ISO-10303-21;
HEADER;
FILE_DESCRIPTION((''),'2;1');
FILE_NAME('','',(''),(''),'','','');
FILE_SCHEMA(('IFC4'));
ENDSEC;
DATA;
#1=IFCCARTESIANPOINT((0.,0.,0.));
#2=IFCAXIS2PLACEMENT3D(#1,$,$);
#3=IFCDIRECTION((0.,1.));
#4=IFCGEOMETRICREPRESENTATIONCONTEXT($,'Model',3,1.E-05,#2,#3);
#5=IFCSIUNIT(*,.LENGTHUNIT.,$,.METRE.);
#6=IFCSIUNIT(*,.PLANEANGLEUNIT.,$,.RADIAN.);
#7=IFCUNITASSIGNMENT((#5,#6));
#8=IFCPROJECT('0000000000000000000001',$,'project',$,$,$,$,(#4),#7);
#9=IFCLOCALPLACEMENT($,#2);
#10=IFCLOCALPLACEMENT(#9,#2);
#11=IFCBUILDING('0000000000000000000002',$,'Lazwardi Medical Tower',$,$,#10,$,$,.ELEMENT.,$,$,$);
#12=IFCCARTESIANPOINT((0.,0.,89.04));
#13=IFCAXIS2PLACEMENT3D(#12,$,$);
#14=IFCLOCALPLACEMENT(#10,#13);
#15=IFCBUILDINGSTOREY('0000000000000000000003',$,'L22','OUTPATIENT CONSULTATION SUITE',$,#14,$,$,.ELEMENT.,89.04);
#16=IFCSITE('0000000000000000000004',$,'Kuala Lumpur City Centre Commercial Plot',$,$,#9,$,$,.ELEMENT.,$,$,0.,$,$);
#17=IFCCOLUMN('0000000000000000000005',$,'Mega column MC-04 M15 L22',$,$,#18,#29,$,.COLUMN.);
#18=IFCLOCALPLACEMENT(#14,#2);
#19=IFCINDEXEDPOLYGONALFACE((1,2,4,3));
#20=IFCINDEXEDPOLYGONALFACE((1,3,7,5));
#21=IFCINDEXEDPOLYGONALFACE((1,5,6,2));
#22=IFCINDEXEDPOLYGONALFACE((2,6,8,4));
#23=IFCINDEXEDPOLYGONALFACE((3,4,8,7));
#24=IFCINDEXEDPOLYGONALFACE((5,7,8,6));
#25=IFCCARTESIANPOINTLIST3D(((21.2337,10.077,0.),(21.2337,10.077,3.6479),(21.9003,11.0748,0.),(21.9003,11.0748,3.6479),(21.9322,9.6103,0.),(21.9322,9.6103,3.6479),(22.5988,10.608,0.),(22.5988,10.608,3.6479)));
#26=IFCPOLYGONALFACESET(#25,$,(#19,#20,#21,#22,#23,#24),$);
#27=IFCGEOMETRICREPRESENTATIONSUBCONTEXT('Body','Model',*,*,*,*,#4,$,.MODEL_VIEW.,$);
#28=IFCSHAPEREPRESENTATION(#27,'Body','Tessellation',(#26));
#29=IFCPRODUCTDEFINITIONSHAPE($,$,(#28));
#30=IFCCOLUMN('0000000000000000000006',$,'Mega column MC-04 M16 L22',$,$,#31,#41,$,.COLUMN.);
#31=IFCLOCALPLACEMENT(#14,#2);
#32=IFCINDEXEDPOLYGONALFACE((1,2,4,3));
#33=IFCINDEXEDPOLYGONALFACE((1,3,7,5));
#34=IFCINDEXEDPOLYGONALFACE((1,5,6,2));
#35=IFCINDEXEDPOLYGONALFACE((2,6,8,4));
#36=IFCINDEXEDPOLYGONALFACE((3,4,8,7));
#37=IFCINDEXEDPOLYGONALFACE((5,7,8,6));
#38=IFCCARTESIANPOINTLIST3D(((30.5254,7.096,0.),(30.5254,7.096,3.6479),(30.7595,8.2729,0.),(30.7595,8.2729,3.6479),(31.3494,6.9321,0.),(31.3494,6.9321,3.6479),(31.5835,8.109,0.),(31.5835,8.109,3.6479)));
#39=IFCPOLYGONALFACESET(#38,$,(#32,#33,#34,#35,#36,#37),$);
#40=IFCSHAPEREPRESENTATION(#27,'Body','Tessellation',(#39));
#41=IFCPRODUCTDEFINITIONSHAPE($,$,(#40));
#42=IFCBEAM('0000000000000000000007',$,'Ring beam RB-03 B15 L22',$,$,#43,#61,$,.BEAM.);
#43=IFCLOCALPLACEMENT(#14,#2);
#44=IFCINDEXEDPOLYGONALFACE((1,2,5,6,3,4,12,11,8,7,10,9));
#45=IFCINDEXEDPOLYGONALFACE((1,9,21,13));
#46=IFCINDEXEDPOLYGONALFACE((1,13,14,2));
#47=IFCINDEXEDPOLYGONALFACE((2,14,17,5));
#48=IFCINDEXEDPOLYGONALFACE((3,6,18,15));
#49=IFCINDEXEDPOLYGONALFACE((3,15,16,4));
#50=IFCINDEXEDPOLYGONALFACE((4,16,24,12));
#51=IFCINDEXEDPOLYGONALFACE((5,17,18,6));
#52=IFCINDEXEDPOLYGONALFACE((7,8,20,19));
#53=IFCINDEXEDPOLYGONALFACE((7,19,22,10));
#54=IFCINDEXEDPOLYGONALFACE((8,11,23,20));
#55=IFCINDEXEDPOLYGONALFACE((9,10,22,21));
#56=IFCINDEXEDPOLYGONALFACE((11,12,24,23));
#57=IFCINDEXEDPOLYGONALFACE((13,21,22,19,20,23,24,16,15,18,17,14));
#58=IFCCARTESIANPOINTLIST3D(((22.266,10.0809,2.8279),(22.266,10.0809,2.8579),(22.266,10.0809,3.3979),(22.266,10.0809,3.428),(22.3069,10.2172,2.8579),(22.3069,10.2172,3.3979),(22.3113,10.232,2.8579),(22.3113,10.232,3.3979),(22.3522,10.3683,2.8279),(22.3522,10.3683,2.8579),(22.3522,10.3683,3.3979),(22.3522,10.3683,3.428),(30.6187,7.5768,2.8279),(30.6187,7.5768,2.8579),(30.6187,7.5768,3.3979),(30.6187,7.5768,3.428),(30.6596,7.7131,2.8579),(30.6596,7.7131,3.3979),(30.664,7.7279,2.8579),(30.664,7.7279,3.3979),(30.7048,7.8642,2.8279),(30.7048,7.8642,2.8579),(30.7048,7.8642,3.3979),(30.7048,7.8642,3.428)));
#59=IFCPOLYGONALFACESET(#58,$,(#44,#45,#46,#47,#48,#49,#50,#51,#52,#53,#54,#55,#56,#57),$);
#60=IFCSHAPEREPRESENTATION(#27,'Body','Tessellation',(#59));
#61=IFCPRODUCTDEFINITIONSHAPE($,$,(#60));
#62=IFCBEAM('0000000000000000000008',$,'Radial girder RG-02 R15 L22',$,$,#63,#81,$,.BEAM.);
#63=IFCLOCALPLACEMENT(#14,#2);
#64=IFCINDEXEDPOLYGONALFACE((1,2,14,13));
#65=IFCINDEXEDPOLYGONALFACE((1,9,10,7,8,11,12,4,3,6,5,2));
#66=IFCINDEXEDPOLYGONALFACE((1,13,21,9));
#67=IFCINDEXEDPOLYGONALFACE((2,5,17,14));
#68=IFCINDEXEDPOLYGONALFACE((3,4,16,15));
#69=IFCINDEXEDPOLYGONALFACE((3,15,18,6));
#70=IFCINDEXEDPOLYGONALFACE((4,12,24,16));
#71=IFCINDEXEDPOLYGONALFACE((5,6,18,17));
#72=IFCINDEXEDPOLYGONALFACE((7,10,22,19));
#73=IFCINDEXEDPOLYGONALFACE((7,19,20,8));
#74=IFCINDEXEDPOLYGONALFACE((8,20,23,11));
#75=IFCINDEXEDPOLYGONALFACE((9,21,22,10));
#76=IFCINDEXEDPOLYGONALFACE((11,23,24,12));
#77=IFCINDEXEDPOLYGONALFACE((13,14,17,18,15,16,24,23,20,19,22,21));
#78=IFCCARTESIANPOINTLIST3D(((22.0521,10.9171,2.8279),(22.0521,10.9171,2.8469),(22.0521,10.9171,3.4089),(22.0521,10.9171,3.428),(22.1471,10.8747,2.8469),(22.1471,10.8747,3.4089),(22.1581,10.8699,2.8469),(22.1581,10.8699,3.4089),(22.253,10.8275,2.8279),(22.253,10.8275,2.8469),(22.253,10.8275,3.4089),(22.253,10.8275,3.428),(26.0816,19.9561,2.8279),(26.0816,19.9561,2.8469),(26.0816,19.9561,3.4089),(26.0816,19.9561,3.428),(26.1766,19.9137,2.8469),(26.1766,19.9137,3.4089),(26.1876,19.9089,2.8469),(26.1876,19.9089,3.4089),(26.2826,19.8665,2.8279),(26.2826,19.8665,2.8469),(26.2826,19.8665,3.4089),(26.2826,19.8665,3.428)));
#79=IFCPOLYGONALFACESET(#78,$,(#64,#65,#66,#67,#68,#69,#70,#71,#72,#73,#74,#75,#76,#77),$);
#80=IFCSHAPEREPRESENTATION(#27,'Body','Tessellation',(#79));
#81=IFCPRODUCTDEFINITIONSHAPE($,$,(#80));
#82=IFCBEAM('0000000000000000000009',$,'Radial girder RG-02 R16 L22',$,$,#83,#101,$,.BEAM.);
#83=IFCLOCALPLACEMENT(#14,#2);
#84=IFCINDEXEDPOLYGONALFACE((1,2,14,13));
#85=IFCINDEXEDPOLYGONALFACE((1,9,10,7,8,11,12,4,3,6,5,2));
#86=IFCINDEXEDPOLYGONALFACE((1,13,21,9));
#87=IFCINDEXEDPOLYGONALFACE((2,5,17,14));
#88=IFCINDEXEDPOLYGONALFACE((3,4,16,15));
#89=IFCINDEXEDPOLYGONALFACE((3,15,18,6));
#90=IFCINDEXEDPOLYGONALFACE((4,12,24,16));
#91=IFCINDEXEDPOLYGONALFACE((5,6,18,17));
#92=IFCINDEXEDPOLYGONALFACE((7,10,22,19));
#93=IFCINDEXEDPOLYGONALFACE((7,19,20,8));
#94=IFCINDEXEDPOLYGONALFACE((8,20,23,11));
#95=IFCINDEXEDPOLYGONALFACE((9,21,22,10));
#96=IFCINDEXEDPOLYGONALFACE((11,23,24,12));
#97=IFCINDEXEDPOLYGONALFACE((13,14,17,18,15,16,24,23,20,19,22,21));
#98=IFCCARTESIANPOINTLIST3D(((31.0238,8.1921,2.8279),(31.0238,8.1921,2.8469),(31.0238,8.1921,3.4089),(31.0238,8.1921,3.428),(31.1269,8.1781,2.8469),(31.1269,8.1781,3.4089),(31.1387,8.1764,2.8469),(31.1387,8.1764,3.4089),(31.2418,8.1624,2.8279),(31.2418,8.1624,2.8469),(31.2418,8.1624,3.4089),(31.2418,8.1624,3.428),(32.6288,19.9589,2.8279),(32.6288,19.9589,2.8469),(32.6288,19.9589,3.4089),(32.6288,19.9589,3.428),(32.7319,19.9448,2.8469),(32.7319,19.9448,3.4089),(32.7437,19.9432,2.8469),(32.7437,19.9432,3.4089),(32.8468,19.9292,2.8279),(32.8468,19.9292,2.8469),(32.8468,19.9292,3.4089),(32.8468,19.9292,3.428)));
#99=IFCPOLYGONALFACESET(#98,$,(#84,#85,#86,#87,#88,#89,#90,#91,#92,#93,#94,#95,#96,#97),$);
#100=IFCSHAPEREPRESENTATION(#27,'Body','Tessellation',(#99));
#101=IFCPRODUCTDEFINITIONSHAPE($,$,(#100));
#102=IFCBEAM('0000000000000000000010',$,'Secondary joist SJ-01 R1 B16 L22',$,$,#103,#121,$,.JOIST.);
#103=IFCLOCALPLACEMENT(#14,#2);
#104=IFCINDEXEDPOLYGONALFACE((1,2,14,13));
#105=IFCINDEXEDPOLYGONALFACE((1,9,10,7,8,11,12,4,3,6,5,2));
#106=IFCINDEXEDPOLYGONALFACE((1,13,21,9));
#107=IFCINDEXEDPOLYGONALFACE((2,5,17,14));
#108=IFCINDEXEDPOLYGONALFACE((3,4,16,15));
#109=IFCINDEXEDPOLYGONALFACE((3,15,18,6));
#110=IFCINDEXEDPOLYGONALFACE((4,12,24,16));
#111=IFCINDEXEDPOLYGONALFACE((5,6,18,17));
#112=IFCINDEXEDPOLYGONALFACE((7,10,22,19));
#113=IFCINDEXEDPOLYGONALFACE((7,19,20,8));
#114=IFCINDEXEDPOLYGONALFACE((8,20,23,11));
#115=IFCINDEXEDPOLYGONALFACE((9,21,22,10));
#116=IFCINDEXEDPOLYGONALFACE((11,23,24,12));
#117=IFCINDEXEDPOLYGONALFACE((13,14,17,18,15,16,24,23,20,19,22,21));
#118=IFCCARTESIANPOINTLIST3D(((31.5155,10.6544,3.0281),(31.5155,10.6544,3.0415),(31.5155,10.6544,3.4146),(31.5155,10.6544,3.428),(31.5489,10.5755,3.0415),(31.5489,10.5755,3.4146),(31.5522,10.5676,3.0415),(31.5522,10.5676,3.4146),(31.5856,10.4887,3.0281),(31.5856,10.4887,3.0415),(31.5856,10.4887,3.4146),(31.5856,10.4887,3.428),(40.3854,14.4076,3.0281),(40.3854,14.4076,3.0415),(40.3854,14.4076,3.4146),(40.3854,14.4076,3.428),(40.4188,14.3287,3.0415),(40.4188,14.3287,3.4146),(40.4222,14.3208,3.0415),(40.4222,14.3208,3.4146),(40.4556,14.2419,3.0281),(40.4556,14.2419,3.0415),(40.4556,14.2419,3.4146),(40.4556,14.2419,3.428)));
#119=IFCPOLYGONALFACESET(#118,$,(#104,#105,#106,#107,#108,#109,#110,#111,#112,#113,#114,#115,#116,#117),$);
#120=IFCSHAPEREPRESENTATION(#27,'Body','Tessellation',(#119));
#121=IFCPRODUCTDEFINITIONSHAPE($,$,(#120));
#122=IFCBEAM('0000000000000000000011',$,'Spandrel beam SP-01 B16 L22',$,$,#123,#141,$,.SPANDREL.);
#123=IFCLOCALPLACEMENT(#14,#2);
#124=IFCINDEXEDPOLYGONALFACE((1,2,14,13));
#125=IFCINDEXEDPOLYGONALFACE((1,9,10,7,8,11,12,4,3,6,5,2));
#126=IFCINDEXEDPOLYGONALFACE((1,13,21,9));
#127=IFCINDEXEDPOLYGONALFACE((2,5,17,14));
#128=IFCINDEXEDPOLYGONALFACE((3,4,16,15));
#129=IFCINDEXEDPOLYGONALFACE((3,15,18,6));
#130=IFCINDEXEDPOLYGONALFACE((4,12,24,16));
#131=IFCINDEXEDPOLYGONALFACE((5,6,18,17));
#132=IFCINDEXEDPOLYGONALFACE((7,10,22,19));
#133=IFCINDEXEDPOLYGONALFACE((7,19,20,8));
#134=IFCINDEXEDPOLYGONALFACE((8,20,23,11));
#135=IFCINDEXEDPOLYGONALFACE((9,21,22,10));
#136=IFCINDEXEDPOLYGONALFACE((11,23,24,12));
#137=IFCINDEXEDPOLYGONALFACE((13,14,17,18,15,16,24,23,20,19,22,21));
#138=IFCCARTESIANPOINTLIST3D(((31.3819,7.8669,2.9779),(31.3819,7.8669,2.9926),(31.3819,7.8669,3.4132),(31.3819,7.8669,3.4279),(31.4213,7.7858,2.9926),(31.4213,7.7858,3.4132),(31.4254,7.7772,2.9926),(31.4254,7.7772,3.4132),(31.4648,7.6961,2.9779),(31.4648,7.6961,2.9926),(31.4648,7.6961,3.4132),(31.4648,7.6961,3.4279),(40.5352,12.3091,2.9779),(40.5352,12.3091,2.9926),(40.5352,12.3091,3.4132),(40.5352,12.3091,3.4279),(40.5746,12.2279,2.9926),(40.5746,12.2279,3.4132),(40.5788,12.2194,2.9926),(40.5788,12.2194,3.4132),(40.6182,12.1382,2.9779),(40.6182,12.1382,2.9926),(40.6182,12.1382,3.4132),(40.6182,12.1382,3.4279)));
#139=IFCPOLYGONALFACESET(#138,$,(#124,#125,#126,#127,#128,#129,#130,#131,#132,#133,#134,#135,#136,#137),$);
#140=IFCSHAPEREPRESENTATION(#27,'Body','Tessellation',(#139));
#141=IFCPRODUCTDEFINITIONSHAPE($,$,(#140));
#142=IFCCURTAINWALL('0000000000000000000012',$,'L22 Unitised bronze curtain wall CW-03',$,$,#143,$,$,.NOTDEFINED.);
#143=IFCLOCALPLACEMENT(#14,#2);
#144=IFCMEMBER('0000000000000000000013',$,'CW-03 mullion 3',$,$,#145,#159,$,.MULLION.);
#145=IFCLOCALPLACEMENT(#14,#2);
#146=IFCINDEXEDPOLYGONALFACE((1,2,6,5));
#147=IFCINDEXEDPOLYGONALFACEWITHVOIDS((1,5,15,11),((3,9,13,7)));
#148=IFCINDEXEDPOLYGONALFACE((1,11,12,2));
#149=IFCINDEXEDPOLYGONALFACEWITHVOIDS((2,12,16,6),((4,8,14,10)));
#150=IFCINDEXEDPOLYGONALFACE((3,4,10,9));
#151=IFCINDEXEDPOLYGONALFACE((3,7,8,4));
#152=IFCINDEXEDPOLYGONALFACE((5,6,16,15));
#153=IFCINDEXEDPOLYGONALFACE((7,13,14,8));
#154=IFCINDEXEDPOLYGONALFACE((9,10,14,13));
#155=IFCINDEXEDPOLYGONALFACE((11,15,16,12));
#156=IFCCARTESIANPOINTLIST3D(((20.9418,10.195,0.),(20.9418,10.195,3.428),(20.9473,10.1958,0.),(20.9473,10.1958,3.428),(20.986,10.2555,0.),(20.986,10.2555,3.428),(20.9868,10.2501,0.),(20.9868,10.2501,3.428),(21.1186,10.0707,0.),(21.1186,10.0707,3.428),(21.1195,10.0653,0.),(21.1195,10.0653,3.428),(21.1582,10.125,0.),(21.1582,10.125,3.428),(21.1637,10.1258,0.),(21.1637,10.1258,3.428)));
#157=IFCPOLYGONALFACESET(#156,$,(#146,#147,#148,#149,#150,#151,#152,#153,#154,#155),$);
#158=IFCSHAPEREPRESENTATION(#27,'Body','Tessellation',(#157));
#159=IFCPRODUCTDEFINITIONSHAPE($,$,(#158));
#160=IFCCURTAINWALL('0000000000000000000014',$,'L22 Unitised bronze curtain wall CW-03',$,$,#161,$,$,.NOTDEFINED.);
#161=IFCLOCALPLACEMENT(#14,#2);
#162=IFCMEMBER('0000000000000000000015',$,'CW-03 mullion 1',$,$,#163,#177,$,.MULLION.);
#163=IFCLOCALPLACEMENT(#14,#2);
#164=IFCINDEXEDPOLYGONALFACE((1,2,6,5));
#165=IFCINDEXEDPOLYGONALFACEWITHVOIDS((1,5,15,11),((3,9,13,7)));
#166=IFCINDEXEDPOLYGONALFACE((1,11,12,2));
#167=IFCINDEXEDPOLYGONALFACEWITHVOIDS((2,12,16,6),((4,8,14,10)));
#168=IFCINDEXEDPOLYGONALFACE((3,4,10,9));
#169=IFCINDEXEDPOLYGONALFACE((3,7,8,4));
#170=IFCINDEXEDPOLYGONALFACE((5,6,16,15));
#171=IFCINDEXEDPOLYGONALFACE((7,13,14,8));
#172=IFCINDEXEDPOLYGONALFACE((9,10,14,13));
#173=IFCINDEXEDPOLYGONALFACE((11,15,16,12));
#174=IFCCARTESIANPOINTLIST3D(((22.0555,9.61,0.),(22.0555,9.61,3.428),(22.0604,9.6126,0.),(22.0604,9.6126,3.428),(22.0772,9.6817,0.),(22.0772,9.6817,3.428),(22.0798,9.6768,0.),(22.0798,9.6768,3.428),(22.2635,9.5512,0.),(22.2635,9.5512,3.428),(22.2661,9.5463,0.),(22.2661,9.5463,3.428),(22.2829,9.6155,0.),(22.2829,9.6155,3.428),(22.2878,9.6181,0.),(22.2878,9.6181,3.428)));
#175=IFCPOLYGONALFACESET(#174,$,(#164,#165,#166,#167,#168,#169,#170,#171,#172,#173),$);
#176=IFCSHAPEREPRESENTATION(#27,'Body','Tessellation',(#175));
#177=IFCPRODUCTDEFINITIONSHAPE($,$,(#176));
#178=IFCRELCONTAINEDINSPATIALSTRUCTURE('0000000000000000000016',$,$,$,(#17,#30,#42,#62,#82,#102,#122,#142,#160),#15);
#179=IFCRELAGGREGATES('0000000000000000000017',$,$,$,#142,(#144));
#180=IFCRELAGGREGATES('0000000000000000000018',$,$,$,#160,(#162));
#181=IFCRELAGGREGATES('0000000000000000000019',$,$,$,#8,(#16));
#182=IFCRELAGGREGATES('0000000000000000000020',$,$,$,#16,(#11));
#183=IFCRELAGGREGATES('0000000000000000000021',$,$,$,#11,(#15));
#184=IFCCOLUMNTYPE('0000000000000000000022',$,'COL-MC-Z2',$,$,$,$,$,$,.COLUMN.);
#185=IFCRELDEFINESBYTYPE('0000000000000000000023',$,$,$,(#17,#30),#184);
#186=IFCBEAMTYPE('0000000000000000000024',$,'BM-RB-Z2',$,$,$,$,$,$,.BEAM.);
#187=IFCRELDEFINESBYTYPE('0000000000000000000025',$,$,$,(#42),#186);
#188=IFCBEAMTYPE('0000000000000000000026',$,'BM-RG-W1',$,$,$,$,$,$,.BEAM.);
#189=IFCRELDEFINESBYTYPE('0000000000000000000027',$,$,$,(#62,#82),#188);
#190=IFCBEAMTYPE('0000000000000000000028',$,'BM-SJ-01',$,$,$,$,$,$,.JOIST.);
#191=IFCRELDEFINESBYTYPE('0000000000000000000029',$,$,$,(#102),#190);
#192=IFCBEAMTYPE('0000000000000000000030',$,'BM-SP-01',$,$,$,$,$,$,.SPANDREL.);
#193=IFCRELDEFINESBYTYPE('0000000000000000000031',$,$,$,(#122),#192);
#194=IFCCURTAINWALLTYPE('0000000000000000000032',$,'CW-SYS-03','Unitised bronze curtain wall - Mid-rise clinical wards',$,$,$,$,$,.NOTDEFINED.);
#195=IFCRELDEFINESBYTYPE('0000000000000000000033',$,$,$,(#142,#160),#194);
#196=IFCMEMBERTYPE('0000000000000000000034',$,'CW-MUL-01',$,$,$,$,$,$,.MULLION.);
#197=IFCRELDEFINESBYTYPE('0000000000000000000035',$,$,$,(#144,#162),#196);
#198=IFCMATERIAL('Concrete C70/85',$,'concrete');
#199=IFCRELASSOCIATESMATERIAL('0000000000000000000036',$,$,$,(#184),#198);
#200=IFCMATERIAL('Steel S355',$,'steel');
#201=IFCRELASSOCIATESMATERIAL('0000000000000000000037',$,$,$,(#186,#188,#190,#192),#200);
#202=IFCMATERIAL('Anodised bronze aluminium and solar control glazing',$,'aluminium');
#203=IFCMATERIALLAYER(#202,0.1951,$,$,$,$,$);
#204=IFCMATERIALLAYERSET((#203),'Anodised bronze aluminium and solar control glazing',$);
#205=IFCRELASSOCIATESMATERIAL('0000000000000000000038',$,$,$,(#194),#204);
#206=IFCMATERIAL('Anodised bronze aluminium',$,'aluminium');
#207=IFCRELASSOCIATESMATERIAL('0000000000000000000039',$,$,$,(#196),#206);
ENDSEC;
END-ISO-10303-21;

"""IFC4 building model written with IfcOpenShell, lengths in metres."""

from ifc_helpers import new_model, si_unit, direction, frame, origin, origin_2d, place, context, subcontext, project, spatial, rectangle, hollow_rectangle, i_section, extrude, material, layer, layer_set, material_profile, profile_set, type_object, element, aggregate, save


model = new_model("IFC4")

# Units and contexts
model_context = context("Model", 3, precision=1e-05, world=origin(), true_north=direction((0.0, 1.0)))
body_context = subcontext(model_context, "Body", "Model", "MODEL_VIEW")
ifc_project = project(units=[si_unit("LENGTHUNIT", "METRE"), si_unit("PLANEANGLEUNIT", "RADIAN")], contexts=[model_context])

# Site, building, storey
site_placement = place(None, origin())
site = spatial("IfcSite", under=ifc_project, at=site_placement, Name="Kuala Lumpur City Centre Commercial Plot", CompositionType="ELEMENT", RefElevation=0.0)
building_placement = place(site_placement, origin())
building = spatial("IfcBuilding", under=site, at=building_placement, Name="Lazwardi Medical Tower", CompositionType="ELEMENT")
storey_placement = place(building_placement, frame((0.0, 0.0, 89.04)))
storey = spatial("IfcBuildingStorey", under=building, at=storey_placement, Name="L22", Description="OUTPATIENT CONSULTATION SUITE", CompositionType="ELEMENT", Elevation=89.04)

# Columns
ifc_material_1 = material(Name="Concrete C70/85", Category="concrete")
ifc_material_profile_1 = material_profile(ifc_material_1, rectangle(XDim=1.2, YDim=0.8401, at=origin_2d()), Name="CFT-RECT 1200x840")
ifc_profile_set_1 = profile_set([ifc_material_profile_1], Name="Concrete C70/85")
column_type = type_object("IfcColumnType", Name="COL-MC-Z2", PredefinedType="COLUMN", material=ifc_profile_set_1)
for number, where, z_axis, x_axis, name in (
    (1, (21.9163, 10.3425, 0.0), (0.0, 0.0, 1.0), (-0.55557, -0.83147, 0.0), "Mega column MC-04 M15 L22"),
    (2, (31.0544, 7.6025, 0.0), (0.0, 0.0, 1.0), (-0.19509, -0.980785, 0.0), "Mega column MC-04 M16 L22"),
):
    element("IfcColumn", number, at=place(storey_placement, frame(where, z_axis=z_axis, x_axis=x_axis)), inside=storey, type_object=column_type, Name=name, PredefinedType="COLUMN", context=body_context, shape_type="SweptSolid", body=[
        extrude(rectangle(XDim=1.2, YDim=0.8401, at=origin_2d()), origin(), (0.0, 0.0, 1.0), 3.6479),
    ])

# Beams
ifc_material_2 = material(Name="Steel S355", Category="steel")
ifc_material_profile_2 = material_profile(ifc_material_2, i_section(OverallWidth=0.3, OverallDepth=0.6001, WebThickness=0.0154, FlangeThickness=0.03, at=origin_2d()), Name="HEB 600")
ifc_profile_set_2 = profile_set([ifc_material_profile_2], Name="Steel S355")
beam_type_1 = type_object("IfcBeamType", Name="BM-RB-Z2", PredefinedType="BEAM", material=ifc_profile_set_2)
beam_1_placement = place(storey_placement, frame((22.3091, 10.2246, 3.1279), z_axis=(0.957879, -0.287171, 0.0), x_axis=(0.287171, 0.957879, 0.0)))
element("IfcBeam", 3, at=beam_1_placement, inside=storey, type_object=beam_type_1, Name="Ring beam RB-03 B15 L22", PredefinedType="BEAM", context=body_context, shape_type="SweptSolid", body=[
    extrude(i_section(OverallWidth=0.3, OverallDepth=0.6001, WebThickness=0.0154, FlangeThickness=0.03, at=origin_2d()), origin(), (0.0, 0.0, 1.0), 8.72),
])
ifc_material_profile_3 = material_profile(ifc_material_2, i_section(OverallWidth=0.22, OverallDepth=0.6001, WebThickness=0.012, FlangeThickness=0.019, at=origin_2d()), Name="IPE 600")
ifc_profile_set_3 = profile_set([ifc_material_profile_3], Name="Steel S355")
beam_type_2 = type_object("IfcBeamType", Name="BM-RG-W1", PredefinedType="BEAM", material=ifc_profile_set_3)
beam_2_placement = place(storey_placement, frame((22.1526, 10.8723, 3.1279), z_axis=(0.407166, 0.913354, 0.0), x_axis=(-0.913354, 0.407166, 0.0)))
element("IfcBeam", 4, at=beam_2_placement, inside=storey, type_object=beam_type_2, Name="Radial girder RG-02 R15 L22", PredefinedType="BEAM", context=body_context, shape_type="SweptSolid", body=[
    extrude(i_section(OverallWidth=0.22, OverallDepth=0.6001, WebThickness=0.012, FlangeThickness=0.019, at=origin_2d()), origin(), (0.0, 0.0, 1.0), 9.8965),
])
beam_3_placement = place(storey_placement, frame((31.1328, 8.1772, 3.1279), z_axis=(0.135147, 0.990826, 0.0), x_axis=(-0.990826, 0.135147, 0.0)))
element("IfcBeam", 5, at=beam_3_placement, inside=storey, type_object=beam_type_2, Name="Radial girder RG-02 R16 L22", PredefinedType="BEAM", context=body_context, shape_type="SweptSolid", body=[
    extrude(i_section(OverallWidth=0.22, OverallDepth=0.6001, WebThickness=0.012, FlangeThickness=0.019, at=origin_2d()), origin(), (0.0, 0.0, 1.0), 11.8757),
])
ifc_material_profile_4 = material_profile(ifc_material_2, i_section(OverallWidth=0.1799, OverallDepth=0.3999, WebThickness=0.0085, FlangeThickness=0.0134, at=origin_2d()), Name="IPE 400")
ifc_profile_set_4 = profile_set([ifc_material_profile_4], Name="Steel S355")
beam_type_3 = type_object("IfcBeamType", Name="BM-SJ-01", PredefinedType="JOIST", material=ifc_profile_set_4)
beam_4_placement = place(storey_placement, frame((31.5505, 10.5715, 3.228), z_axis=(0.920947, 0.389687, 0.0), x_axis=(-0.389687, 0.920947, 0.0)))
element("IfcBeam", 6, at=beam_4_placement, inside=storey, type_object=beam_type_3, Name="Secondary joist SJ-01 R1 B16 L22", PredefinedType="JOIST", context=body_context, shape_type="SweptSolid", body=[
    extrude(i_section(OverallWidth=0.1799, OverallDepth=0.3999, WebThickness=0.0085, FlangeThickness=0.0134, at=origin_2d()), origin(), (0.0, 0.0, 1.0), 9.6313),
])
ifc_material_profile_5 = material_profile(ifc_material_2, i_section(OverallWidth=0.1899, OverallDepth=0.45, WebThickness=0.0095, FlangeThickness=0.0146, at=origin_2d()), Name="IPE 450")
ifc_profile_set_5 = profile_set([ifc_material_profile_5], Name="Steel S355")
beam_type_4 = type_object("IfcBeamType", Name="BM-SP-01", PredefinedType="SPANDREL", material=ifc_profile_set_5)
beam_5_placement = place(storey_placement, frame((31.4233, 7.7815, 3.2029), z_axis=(0.899653, 0.436605, 0.0), x_axis=(-0.436605, 0.899653, 0.0)))
element("IfcBeam", 7, at=beam_5_placement, inside=storey, type_object=beam_type_4, Name="Spandrel beam SP-01 B16 L22", PredefinedType="SPANDREL", context=body_context, shape_type="SweptSolid", body=[
    extrude(i_section(OverallWidth=0.1899, OverallDepth=0.45, WebThickness=0.0095, FlangeThickness=0.0146, at=origin_2d()), origin(), (0.0, 0.0, 1.0), 10.1743),
])

# Curtain wall, member
ifc_material_3 = material(Name="Anodised bronze aluminium and solar control glazing", Category="aluminium")
ifc_layer_1 = layer(ifc_material_3, 0.1951)
ifc_layer_set_1 = layer_set([ifc_layer_1], Name="Anodised bronze aluminium and solar control glazing")
curtain_wall_type = type_object("IfcCurtainWallType", Name="CW-SYS-03", Description="Unitised bronze curtain wall - Mid-rise clinical wards", PredefinedType="NOTDEFINED", material=ifc_layer_set_1)
curtain_wall_1_placement = place(storey_placement, origin())
curtain_wall_1 = element("IfcCurtainWall", 8, at=curtain_wall_1_placement, inside=storey, type_object=curtain_wall_type, Name="L22 Unitised bronze curtain wall CW-03", PredefinedType="NOTDEFINED")
ifc_material_4 = material(Name="Anodised bronze aluminium", Category="aluminium")
ifc_material_profile_6 = material_profile(ifc_material_4, hollow_rectangle(XDim=0.075, YDim=0.22, WallThickness=0.0039, at=origin_2d()), Name="ALU-MULLION 220x75x4")
ifc_profile_set_6 = profile_set([ifc_material_profile_6], Name="Anodised bronze aluminium")
member_type_1 = type_object("IfcMemberType", Name="CW-MUL-01", PredefinedType="MULLION", material=ifc_profile_set_6)
member_1_placement = place(storey_placement, frame((21.0527, 10.1604, 0.0), z_axis=(0.0, 0.0, 1.0), x_axis=(0.589531, 0.807746, 0.0)))
member_1 = element("IfcMember", 9, at=member_1_placement, type_object=member_type_1, Name="CW-03 mullion 3", PredefinedType="MULLION", context=body_context, shape_type="SweptSolid", body=[
    extrude(hollow_rectangle(XDim=0.075, YDim=0.22, WallThickness=0.0039, at=origin_2d()), origin(), (0.0, 0.0, 1.0), 3.428),
])
aggregate(curtain_wall_1, [member_1])

# Curtain wall, member
curtain_wall_2_placement = place(storey_placement, origin())
curtain_wall_2 = element("IfcCurtainWall", 10, at=curtain_wall_2_placement, inside=storey, type_object=curtain_wall_type, Name="L22 Unitised bronze curtain wall CW-03", PredefinedType="NOTDEFINED")
member_2_placement = place(storey_placement, frame((22.1716, 9.614, 0.0), z_axis=(0.0, 0.0, 1.0), x_axis=(0.289374, 0.957216, 0.0)))
member_2 = element("IfcMember", 11, at=member_2_placement, type_object=member_type_1, Name="CW-03 mullion 1", PredefinedType="MULLION", context=body_context, shape_type="SweptSolid", body=[
    extrude(hollow_rectangle(XDim=0.075, YDim=0.22, WallThickness=0.0039, at=origin_2d()), origin(), (0.0, 0.0, 1.0), 3.428),
])
aggregate(curtain_wall_2, [member_2])

save(model, "model.ifc")
